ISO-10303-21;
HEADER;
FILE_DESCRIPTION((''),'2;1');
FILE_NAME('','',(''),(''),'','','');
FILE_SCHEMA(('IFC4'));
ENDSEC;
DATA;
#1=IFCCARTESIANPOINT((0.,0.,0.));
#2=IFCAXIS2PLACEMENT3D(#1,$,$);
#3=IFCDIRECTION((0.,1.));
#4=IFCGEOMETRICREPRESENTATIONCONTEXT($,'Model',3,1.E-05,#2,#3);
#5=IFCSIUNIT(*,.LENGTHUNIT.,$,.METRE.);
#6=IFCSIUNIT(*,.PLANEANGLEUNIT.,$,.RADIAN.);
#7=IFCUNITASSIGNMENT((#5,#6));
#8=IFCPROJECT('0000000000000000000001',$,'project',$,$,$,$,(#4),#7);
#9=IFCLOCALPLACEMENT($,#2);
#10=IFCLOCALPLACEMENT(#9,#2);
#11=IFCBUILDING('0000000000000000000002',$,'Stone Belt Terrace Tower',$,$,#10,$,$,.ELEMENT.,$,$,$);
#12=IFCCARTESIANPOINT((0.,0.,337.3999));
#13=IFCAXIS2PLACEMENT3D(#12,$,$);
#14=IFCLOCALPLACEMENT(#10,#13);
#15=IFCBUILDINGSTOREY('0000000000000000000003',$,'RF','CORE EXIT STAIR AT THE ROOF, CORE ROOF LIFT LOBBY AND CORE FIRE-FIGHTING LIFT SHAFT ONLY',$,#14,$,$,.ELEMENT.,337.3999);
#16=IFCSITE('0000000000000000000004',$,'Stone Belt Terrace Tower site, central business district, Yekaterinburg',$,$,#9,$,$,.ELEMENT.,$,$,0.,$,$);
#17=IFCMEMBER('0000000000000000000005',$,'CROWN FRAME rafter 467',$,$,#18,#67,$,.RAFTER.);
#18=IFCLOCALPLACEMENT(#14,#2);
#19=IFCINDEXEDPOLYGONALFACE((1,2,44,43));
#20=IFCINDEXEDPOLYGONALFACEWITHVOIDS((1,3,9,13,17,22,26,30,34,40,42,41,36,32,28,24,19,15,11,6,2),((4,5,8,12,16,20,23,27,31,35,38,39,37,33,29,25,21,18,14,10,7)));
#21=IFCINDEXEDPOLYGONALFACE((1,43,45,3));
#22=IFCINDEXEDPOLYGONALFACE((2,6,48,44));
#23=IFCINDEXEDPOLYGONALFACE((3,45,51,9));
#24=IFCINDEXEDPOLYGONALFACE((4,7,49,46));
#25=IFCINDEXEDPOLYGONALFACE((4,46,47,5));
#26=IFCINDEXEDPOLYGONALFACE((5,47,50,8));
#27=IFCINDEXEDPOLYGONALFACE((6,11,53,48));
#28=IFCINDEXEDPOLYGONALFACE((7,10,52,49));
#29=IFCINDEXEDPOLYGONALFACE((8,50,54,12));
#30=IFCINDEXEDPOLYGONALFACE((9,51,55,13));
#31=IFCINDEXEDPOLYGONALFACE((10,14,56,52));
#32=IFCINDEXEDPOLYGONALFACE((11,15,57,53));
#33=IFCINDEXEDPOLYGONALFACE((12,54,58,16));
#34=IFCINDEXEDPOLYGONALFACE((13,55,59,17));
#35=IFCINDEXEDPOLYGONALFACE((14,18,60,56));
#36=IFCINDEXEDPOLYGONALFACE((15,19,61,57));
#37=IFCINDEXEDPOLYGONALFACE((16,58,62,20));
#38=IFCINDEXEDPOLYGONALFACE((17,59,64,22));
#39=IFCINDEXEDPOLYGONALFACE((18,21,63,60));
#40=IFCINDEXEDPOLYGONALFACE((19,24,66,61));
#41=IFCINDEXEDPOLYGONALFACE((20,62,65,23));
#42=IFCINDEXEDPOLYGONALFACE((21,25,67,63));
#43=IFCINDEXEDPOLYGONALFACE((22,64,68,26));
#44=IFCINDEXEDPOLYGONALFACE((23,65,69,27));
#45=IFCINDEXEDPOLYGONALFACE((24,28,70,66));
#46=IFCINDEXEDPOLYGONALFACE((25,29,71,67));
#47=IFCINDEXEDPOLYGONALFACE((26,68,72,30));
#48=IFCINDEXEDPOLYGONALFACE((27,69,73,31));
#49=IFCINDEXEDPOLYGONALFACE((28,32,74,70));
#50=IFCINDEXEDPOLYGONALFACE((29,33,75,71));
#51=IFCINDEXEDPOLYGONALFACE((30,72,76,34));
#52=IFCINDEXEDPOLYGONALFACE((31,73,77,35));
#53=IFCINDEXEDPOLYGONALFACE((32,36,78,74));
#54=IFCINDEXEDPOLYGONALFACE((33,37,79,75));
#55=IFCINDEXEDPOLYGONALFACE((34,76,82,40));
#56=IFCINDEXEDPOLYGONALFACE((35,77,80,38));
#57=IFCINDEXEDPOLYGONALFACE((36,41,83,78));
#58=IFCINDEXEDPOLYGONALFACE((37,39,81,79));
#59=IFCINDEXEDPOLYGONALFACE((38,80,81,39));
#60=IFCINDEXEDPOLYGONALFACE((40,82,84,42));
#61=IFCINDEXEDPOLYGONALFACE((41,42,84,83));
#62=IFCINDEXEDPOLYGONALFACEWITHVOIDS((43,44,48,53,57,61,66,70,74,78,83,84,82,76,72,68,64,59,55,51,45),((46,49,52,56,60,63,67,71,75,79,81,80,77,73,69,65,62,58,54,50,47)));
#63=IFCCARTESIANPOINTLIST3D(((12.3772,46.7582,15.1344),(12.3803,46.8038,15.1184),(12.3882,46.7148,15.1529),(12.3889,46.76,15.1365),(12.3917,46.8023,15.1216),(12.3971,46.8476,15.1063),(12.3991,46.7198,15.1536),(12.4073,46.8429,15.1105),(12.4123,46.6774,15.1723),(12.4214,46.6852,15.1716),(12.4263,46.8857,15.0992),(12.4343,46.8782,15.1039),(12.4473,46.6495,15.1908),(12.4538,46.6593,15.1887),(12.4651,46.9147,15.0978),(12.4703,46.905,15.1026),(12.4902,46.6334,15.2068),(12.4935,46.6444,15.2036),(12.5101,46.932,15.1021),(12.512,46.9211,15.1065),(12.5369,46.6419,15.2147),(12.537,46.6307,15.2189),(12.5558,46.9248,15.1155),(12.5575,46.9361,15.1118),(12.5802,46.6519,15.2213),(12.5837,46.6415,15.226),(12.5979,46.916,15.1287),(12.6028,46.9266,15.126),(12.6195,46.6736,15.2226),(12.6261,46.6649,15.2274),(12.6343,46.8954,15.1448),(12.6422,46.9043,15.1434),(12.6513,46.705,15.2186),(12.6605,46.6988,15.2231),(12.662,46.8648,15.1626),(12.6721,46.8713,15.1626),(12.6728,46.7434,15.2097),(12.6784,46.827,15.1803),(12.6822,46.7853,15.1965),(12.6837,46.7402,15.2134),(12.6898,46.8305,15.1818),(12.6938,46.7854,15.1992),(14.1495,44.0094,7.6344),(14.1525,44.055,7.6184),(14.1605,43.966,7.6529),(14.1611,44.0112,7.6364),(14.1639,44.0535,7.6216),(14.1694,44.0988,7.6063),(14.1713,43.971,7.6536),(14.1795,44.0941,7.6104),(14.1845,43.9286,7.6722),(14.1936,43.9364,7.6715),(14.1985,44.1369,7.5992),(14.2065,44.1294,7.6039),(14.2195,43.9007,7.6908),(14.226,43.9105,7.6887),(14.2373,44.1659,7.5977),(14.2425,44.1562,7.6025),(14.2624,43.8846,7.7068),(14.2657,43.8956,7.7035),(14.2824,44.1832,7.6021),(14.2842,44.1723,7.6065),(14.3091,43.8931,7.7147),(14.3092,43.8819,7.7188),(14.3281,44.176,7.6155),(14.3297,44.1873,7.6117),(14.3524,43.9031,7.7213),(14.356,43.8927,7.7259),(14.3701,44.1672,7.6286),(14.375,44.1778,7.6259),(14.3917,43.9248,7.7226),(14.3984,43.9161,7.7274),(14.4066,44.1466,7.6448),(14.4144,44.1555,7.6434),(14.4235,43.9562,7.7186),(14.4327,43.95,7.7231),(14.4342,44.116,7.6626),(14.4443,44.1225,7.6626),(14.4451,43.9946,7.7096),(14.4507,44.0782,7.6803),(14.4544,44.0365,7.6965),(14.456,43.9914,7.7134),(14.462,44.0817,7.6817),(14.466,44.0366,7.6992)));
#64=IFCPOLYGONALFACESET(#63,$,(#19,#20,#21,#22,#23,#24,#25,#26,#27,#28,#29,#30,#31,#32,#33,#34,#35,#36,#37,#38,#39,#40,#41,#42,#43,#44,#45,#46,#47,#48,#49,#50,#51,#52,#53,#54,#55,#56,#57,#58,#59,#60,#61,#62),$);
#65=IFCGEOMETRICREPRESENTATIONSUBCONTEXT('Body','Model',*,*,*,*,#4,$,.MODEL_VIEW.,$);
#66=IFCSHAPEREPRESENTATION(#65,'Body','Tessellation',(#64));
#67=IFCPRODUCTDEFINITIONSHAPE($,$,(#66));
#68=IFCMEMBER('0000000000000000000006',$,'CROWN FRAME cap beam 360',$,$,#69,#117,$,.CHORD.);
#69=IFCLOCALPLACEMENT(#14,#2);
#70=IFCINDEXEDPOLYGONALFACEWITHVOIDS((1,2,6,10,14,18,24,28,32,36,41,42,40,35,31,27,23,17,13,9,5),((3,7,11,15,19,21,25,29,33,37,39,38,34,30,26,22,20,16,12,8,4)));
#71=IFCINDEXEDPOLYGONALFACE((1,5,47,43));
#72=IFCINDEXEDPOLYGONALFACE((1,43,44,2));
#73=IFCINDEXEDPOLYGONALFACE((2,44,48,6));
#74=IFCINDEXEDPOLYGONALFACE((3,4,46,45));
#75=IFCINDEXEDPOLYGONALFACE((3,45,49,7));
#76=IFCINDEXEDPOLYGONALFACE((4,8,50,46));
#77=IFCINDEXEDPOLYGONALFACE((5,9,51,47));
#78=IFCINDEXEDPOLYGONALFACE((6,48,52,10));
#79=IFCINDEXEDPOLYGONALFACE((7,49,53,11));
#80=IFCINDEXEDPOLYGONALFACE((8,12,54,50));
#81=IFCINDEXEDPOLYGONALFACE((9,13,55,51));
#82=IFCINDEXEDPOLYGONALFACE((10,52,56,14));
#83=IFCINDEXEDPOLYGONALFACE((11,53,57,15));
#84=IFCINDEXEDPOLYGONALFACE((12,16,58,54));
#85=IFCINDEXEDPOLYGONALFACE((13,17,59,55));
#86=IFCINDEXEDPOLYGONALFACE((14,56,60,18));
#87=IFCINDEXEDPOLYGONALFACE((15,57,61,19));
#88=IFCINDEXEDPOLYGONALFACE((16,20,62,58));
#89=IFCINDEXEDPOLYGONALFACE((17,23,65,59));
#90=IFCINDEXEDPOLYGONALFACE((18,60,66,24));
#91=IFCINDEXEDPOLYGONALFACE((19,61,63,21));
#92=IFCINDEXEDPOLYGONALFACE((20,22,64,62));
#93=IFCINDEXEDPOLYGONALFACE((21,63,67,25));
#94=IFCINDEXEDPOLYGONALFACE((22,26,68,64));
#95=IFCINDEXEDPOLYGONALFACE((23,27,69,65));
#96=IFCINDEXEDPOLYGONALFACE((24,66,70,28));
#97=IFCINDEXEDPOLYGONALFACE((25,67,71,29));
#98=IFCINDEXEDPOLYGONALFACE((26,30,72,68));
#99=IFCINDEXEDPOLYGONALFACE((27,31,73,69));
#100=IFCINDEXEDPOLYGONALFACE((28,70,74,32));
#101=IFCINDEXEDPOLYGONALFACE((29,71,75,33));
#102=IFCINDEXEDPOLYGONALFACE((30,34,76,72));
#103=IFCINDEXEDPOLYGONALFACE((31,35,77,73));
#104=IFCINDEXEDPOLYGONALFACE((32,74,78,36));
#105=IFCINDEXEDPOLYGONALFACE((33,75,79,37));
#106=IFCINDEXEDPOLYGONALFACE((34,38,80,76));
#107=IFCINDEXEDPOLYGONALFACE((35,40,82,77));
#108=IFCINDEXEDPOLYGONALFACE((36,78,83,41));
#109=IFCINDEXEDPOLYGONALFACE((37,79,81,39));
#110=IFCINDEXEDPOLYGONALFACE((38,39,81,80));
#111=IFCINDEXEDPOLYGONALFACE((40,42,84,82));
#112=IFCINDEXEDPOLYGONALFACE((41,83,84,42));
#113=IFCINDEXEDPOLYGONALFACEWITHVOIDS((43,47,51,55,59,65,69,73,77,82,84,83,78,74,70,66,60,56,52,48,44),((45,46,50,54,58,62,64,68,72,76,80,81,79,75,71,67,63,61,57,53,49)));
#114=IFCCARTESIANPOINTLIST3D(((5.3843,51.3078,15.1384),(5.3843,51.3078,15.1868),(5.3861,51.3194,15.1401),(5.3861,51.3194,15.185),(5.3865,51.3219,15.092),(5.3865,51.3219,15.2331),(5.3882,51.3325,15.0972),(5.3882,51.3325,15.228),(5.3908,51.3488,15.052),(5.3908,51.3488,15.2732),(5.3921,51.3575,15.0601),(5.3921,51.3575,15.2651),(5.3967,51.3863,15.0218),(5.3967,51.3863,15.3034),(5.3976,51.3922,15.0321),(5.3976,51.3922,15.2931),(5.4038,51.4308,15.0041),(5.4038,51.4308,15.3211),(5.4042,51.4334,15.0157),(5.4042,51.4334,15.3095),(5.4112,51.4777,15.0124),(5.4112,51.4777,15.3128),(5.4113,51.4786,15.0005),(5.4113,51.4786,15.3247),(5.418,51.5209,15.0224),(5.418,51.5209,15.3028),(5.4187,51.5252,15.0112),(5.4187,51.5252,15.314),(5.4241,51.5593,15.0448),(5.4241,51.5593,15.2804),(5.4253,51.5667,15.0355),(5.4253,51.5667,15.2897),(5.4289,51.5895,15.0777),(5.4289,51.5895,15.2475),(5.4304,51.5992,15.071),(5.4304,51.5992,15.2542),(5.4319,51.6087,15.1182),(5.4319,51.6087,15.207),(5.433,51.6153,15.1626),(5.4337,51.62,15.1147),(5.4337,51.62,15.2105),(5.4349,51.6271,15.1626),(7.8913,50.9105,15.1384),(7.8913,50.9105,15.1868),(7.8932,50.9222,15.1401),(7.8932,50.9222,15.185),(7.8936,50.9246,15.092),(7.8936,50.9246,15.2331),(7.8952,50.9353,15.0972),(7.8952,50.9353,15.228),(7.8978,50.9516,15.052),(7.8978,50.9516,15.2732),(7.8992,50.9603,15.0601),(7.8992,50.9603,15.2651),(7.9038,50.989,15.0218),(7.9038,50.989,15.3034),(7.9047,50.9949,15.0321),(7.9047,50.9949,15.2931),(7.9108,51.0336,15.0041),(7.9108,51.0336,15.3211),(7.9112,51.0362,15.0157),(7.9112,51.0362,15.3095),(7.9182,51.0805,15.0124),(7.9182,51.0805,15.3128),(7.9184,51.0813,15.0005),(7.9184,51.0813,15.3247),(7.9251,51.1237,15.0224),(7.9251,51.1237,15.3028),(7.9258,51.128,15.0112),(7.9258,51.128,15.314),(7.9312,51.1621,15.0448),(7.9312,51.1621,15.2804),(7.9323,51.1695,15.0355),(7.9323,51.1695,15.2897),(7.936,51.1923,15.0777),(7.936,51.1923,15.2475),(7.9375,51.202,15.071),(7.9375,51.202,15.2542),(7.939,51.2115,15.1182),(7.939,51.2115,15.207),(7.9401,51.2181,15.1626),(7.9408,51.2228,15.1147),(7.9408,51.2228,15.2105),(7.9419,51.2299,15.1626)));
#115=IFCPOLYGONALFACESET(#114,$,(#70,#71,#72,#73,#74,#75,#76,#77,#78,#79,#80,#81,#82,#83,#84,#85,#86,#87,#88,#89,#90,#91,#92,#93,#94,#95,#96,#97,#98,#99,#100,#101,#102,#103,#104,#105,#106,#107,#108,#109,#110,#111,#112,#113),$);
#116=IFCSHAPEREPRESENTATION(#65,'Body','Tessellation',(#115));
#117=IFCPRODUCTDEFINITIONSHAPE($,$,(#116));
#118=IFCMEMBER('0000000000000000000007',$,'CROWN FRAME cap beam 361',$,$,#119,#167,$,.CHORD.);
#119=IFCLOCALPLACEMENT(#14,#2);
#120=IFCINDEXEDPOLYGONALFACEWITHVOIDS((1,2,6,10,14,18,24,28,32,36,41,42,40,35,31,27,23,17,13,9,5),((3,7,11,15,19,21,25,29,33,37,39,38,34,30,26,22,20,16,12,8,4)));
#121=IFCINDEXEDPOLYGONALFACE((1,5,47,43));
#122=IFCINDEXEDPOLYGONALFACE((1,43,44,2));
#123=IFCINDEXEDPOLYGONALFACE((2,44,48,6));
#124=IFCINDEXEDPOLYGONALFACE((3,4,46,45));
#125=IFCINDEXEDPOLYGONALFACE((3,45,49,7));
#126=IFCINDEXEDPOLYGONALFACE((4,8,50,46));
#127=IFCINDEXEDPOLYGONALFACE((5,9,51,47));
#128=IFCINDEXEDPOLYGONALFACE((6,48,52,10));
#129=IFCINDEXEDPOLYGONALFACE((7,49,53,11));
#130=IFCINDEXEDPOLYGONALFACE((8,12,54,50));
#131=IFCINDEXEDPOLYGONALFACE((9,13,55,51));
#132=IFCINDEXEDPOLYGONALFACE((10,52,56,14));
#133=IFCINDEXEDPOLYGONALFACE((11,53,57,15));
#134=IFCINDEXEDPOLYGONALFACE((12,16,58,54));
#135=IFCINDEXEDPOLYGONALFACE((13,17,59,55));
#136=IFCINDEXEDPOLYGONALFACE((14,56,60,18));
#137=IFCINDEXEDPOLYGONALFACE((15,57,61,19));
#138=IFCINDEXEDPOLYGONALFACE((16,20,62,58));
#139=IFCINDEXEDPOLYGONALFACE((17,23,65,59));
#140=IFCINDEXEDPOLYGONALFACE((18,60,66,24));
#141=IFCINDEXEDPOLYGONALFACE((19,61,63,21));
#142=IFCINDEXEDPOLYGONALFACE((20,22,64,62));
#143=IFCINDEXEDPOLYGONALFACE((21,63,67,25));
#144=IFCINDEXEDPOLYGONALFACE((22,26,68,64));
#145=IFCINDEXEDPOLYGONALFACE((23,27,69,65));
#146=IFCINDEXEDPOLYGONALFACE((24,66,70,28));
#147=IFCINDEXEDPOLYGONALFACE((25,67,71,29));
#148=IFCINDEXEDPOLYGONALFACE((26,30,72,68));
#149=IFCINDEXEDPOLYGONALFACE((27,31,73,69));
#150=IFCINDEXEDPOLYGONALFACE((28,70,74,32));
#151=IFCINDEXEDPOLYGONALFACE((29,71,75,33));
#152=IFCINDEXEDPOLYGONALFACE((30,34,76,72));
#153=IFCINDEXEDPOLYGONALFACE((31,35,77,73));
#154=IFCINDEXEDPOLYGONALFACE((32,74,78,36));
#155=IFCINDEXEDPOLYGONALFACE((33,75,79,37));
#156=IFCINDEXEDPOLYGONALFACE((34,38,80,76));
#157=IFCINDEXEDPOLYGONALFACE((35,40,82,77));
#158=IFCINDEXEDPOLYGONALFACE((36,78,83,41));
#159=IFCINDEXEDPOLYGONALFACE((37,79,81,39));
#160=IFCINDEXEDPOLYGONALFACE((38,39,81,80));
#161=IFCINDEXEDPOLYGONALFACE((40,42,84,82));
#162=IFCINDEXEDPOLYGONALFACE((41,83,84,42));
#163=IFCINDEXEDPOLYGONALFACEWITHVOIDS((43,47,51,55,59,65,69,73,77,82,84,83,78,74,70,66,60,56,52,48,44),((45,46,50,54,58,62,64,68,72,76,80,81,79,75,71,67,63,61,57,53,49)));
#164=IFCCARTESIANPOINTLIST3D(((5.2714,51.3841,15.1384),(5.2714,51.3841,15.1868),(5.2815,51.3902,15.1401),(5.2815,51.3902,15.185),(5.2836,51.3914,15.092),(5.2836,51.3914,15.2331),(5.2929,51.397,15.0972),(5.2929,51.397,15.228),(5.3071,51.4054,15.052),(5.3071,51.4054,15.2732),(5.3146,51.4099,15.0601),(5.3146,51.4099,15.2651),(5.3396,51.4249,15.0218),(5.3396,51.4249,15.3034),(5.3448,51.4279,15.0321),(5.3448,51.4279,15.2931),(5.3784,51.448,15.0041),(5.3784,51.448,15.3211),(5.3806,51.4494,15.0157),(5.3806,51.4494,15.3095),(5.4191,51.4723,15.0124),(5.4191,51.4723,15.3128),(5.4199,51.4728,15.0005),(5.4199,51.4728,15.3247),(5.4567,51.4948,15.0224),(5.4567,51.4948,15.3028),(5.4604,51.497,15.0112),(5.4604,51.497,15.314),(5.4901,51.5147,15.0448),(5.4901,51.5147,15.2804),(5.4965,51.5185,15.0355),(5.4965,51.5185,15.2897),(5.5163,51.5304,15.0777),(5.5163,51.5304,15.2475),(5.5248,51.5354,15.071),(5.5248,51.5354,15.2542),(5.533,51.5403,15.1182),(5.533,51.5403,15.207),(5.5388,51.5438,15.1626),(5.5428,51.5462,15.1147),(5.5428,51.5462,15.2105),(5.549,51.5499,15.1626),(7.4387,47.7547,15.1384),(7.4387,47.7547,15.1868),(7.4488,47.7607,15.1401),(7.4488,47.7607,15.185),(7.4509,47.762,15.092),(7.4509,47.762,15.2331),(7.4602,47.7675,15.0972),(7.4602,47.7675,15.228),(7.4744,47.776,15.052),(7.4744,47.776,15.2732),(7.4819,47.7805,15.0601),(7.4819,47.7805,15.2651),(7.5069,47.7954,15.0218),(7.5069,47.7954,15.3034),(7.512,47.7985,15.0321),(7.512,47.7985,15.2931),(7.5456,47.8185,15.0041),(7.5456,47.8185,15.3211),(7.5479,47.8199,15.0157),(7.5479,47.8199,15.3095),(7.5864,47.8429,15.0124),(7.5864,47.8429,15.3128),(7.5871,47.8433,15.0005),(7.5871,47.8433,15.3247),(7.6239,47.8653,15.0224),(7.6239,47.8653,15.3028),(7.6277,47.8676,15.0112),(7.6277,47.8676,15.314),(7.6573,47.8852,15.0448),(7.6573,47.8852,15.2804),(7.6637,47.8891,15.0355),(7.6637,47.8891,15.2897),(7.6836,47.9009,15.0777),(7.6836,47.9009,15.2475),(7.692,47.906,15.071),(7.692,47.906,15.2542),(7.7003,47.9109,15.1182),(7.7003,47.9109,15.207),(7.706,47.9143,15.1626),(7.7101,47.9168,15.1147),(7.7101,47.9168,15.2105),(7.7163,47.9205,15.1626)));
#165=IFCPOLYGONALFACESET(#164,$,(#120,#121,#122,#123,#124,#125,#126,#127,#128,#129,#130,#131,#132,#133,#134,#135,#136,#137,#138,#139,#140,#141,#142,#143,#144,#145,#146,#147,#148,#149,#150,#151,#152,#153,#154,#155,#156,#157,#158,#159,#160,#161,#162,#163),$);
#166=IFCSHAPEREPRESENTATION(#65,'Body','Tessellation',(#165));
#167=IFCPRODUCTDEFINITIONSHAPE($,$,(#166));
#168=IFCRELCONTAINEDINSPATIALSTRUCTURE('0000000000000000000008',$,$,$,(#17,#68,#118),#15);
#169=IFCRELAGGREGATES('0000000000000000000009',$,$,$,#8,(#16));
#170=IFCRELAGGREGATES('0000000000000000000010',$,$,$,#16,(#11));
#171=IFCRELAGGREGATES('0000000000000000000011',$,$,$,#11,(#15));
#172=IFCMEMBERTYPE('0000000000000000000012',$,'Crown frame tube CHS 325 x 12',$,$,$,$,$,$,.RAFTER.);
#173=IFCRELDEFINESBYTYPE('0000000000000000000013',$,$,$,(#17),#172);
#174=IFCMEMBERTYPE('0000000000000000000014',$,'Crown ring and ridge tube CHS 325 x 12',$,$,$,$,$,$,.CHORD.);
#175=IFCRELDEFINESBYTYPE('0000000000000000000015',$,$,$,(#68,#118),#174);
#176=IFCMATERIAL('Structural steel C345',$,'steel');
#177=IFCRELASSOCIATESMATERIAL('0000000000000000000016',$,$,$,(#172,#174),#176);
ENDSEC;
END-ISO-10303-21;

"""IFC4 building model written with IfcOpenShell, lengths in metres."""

from ifc_helpers import new_model, si_unit, direction, frame, origin, origin_2d, place, context, subcontext, project, spatial, hollow_circle, extrude, material, material_profile, profile_set, type_object, element, save


model = new_model("IFC4")

# Units and contexts
model_context = context("Model", 3, precision=1e-05, world=origin(), true_north=direction((0.0, 1.0)))
body_context = subcontext(model_context, "Body", "Model", "MODEL_VIEW")
ifc_project = project(units=[si_unit("LENGTHUNIT", "METRE"), si_unit("PLANEANGLEUNIT", "RADIAN")], contexts=[model_context])

# Site, building, storey
site_placement = place(None, origin())
site = spatial("IfcSite", under=ifc_project, at=site_placement, Name="Stone Belt Terrace Tower site, central business district, Yekaterinburg", CompositionType="ELEMENT", RefElevation=0.0)
building_placement = place(site_placement, origin())
building = spatial("IfcBuilding", under=site, at=building_placement, Name="Stone Belt Terrace Tower", CompositionType="ELEMENT")
storey_placement = place(building_placement, frame((0.0, 0.0, 337.3999)))
storey = spatial("IfcBuildingStorey", under=building, at=storey_placement, Name="RF", Description="CORE EXIT STAIR AT THE ROOF, CORE ROOF LIFT LOBBY AND CORE FIRE-FIGHTING LIFT SHAFT ONLY", CompositionType="ELEMENT", Elevation=337.3999)

# Members
ifc_material_1 = material(Name="Structural steel C345", Category="steel")
ifc_material_profile_1 = material_profile(ifc_material_1, hollow_circle(Radius=0.1626, WallThickness=0.012, at=origin_2d()), Name="Structural steel C345 CHS 325x12")
ifc_profile_set_1 = profile_set([ifc_material_profile_1], Name="Structural steel C345")
member_type_1 = type_object("IfcMemberType", Name="Crown frame tube CHS 325 x 12", PredefinedType="RAFTER", material=ifc_profile_set_1)
member_1_placement = place(storey_placement, frame((12.5354, 46.7832, 15.1626), z_axis=(0.216597, -0.335951, -0.916637), x_axis=(0.840462, 0.54187, 0.0)))
element("IfcMember", 1, at=member_1_placement, inside=storey, type_object=member_type_1, Name="CROWN FRAME rafter 467", PredefinedType="RAFTER", context=body_context, shape_type="SweptSolid", body=[
    extrude(hollow_circle(Radius=0.1626, WallThickness=0.012, at=origin_2d()), origin(), (0.0, 0.0, 1.0), 8.1821),
])
ifc_material_profile_2 = material_profile(ifc_material_1, hollow_circle(Radius=0.1626, WallThickness=0.012, at=origin_2d()), Name="Structural steel C345 CHS 325x12")
ifc_profile_set_2 = profile_set([ifc_material_profile_2], Name="Structural steel C345")
member_type_2 = type_object("IfcMemberType", Name="Crown ring and ridge tube CHS 325 x 12", PredefinedType="CHORD", material=ifc_profile_set_2)
member_2_placement = place(storey_placement, frame((5.4094, 51.4666, 15.1626), z_axis=(0.98768, -0.156486, 0.0), x_axis=(0.156486, 0.98768, 0.0)))
element("IfcMember", 2, at=member_2_placement, inside=storey, type_object=member_type_2, Name="CROWN FRAME cap beam 360", PredefinedType="CHORD", context=body_context, shape_type="SweptSolid", body=[
    extrude(hollow_circle(Radius=0.1626, WallThickness=0.012, at=origin_2d()), origin(), (0.0, 0.0, 1.0), 2.5383),
])
member_3_placement = place(storey_placement, frame((5.4094, 51.4666, 15.1626), z_axis=(0.512686, -0.858576, 0.0), x_axis=(0.858576, 0.512686, 0.0)))
element("IfcMember", 3, at=member_3_placement, inside=storey, type_object=member_type_2, Name="CROWN FRAME cap beam 361", PredefinedType="CHORD", context=body_context, shape_type="SweptSolid", body=[
    extrude(hollow_circle(Radius=0.1626, WallThickness=0.012, at=origin_2d()), origin(), (0.0, 0.0, 1.0), 4.2273),
])

save(model, "model.ifc")
